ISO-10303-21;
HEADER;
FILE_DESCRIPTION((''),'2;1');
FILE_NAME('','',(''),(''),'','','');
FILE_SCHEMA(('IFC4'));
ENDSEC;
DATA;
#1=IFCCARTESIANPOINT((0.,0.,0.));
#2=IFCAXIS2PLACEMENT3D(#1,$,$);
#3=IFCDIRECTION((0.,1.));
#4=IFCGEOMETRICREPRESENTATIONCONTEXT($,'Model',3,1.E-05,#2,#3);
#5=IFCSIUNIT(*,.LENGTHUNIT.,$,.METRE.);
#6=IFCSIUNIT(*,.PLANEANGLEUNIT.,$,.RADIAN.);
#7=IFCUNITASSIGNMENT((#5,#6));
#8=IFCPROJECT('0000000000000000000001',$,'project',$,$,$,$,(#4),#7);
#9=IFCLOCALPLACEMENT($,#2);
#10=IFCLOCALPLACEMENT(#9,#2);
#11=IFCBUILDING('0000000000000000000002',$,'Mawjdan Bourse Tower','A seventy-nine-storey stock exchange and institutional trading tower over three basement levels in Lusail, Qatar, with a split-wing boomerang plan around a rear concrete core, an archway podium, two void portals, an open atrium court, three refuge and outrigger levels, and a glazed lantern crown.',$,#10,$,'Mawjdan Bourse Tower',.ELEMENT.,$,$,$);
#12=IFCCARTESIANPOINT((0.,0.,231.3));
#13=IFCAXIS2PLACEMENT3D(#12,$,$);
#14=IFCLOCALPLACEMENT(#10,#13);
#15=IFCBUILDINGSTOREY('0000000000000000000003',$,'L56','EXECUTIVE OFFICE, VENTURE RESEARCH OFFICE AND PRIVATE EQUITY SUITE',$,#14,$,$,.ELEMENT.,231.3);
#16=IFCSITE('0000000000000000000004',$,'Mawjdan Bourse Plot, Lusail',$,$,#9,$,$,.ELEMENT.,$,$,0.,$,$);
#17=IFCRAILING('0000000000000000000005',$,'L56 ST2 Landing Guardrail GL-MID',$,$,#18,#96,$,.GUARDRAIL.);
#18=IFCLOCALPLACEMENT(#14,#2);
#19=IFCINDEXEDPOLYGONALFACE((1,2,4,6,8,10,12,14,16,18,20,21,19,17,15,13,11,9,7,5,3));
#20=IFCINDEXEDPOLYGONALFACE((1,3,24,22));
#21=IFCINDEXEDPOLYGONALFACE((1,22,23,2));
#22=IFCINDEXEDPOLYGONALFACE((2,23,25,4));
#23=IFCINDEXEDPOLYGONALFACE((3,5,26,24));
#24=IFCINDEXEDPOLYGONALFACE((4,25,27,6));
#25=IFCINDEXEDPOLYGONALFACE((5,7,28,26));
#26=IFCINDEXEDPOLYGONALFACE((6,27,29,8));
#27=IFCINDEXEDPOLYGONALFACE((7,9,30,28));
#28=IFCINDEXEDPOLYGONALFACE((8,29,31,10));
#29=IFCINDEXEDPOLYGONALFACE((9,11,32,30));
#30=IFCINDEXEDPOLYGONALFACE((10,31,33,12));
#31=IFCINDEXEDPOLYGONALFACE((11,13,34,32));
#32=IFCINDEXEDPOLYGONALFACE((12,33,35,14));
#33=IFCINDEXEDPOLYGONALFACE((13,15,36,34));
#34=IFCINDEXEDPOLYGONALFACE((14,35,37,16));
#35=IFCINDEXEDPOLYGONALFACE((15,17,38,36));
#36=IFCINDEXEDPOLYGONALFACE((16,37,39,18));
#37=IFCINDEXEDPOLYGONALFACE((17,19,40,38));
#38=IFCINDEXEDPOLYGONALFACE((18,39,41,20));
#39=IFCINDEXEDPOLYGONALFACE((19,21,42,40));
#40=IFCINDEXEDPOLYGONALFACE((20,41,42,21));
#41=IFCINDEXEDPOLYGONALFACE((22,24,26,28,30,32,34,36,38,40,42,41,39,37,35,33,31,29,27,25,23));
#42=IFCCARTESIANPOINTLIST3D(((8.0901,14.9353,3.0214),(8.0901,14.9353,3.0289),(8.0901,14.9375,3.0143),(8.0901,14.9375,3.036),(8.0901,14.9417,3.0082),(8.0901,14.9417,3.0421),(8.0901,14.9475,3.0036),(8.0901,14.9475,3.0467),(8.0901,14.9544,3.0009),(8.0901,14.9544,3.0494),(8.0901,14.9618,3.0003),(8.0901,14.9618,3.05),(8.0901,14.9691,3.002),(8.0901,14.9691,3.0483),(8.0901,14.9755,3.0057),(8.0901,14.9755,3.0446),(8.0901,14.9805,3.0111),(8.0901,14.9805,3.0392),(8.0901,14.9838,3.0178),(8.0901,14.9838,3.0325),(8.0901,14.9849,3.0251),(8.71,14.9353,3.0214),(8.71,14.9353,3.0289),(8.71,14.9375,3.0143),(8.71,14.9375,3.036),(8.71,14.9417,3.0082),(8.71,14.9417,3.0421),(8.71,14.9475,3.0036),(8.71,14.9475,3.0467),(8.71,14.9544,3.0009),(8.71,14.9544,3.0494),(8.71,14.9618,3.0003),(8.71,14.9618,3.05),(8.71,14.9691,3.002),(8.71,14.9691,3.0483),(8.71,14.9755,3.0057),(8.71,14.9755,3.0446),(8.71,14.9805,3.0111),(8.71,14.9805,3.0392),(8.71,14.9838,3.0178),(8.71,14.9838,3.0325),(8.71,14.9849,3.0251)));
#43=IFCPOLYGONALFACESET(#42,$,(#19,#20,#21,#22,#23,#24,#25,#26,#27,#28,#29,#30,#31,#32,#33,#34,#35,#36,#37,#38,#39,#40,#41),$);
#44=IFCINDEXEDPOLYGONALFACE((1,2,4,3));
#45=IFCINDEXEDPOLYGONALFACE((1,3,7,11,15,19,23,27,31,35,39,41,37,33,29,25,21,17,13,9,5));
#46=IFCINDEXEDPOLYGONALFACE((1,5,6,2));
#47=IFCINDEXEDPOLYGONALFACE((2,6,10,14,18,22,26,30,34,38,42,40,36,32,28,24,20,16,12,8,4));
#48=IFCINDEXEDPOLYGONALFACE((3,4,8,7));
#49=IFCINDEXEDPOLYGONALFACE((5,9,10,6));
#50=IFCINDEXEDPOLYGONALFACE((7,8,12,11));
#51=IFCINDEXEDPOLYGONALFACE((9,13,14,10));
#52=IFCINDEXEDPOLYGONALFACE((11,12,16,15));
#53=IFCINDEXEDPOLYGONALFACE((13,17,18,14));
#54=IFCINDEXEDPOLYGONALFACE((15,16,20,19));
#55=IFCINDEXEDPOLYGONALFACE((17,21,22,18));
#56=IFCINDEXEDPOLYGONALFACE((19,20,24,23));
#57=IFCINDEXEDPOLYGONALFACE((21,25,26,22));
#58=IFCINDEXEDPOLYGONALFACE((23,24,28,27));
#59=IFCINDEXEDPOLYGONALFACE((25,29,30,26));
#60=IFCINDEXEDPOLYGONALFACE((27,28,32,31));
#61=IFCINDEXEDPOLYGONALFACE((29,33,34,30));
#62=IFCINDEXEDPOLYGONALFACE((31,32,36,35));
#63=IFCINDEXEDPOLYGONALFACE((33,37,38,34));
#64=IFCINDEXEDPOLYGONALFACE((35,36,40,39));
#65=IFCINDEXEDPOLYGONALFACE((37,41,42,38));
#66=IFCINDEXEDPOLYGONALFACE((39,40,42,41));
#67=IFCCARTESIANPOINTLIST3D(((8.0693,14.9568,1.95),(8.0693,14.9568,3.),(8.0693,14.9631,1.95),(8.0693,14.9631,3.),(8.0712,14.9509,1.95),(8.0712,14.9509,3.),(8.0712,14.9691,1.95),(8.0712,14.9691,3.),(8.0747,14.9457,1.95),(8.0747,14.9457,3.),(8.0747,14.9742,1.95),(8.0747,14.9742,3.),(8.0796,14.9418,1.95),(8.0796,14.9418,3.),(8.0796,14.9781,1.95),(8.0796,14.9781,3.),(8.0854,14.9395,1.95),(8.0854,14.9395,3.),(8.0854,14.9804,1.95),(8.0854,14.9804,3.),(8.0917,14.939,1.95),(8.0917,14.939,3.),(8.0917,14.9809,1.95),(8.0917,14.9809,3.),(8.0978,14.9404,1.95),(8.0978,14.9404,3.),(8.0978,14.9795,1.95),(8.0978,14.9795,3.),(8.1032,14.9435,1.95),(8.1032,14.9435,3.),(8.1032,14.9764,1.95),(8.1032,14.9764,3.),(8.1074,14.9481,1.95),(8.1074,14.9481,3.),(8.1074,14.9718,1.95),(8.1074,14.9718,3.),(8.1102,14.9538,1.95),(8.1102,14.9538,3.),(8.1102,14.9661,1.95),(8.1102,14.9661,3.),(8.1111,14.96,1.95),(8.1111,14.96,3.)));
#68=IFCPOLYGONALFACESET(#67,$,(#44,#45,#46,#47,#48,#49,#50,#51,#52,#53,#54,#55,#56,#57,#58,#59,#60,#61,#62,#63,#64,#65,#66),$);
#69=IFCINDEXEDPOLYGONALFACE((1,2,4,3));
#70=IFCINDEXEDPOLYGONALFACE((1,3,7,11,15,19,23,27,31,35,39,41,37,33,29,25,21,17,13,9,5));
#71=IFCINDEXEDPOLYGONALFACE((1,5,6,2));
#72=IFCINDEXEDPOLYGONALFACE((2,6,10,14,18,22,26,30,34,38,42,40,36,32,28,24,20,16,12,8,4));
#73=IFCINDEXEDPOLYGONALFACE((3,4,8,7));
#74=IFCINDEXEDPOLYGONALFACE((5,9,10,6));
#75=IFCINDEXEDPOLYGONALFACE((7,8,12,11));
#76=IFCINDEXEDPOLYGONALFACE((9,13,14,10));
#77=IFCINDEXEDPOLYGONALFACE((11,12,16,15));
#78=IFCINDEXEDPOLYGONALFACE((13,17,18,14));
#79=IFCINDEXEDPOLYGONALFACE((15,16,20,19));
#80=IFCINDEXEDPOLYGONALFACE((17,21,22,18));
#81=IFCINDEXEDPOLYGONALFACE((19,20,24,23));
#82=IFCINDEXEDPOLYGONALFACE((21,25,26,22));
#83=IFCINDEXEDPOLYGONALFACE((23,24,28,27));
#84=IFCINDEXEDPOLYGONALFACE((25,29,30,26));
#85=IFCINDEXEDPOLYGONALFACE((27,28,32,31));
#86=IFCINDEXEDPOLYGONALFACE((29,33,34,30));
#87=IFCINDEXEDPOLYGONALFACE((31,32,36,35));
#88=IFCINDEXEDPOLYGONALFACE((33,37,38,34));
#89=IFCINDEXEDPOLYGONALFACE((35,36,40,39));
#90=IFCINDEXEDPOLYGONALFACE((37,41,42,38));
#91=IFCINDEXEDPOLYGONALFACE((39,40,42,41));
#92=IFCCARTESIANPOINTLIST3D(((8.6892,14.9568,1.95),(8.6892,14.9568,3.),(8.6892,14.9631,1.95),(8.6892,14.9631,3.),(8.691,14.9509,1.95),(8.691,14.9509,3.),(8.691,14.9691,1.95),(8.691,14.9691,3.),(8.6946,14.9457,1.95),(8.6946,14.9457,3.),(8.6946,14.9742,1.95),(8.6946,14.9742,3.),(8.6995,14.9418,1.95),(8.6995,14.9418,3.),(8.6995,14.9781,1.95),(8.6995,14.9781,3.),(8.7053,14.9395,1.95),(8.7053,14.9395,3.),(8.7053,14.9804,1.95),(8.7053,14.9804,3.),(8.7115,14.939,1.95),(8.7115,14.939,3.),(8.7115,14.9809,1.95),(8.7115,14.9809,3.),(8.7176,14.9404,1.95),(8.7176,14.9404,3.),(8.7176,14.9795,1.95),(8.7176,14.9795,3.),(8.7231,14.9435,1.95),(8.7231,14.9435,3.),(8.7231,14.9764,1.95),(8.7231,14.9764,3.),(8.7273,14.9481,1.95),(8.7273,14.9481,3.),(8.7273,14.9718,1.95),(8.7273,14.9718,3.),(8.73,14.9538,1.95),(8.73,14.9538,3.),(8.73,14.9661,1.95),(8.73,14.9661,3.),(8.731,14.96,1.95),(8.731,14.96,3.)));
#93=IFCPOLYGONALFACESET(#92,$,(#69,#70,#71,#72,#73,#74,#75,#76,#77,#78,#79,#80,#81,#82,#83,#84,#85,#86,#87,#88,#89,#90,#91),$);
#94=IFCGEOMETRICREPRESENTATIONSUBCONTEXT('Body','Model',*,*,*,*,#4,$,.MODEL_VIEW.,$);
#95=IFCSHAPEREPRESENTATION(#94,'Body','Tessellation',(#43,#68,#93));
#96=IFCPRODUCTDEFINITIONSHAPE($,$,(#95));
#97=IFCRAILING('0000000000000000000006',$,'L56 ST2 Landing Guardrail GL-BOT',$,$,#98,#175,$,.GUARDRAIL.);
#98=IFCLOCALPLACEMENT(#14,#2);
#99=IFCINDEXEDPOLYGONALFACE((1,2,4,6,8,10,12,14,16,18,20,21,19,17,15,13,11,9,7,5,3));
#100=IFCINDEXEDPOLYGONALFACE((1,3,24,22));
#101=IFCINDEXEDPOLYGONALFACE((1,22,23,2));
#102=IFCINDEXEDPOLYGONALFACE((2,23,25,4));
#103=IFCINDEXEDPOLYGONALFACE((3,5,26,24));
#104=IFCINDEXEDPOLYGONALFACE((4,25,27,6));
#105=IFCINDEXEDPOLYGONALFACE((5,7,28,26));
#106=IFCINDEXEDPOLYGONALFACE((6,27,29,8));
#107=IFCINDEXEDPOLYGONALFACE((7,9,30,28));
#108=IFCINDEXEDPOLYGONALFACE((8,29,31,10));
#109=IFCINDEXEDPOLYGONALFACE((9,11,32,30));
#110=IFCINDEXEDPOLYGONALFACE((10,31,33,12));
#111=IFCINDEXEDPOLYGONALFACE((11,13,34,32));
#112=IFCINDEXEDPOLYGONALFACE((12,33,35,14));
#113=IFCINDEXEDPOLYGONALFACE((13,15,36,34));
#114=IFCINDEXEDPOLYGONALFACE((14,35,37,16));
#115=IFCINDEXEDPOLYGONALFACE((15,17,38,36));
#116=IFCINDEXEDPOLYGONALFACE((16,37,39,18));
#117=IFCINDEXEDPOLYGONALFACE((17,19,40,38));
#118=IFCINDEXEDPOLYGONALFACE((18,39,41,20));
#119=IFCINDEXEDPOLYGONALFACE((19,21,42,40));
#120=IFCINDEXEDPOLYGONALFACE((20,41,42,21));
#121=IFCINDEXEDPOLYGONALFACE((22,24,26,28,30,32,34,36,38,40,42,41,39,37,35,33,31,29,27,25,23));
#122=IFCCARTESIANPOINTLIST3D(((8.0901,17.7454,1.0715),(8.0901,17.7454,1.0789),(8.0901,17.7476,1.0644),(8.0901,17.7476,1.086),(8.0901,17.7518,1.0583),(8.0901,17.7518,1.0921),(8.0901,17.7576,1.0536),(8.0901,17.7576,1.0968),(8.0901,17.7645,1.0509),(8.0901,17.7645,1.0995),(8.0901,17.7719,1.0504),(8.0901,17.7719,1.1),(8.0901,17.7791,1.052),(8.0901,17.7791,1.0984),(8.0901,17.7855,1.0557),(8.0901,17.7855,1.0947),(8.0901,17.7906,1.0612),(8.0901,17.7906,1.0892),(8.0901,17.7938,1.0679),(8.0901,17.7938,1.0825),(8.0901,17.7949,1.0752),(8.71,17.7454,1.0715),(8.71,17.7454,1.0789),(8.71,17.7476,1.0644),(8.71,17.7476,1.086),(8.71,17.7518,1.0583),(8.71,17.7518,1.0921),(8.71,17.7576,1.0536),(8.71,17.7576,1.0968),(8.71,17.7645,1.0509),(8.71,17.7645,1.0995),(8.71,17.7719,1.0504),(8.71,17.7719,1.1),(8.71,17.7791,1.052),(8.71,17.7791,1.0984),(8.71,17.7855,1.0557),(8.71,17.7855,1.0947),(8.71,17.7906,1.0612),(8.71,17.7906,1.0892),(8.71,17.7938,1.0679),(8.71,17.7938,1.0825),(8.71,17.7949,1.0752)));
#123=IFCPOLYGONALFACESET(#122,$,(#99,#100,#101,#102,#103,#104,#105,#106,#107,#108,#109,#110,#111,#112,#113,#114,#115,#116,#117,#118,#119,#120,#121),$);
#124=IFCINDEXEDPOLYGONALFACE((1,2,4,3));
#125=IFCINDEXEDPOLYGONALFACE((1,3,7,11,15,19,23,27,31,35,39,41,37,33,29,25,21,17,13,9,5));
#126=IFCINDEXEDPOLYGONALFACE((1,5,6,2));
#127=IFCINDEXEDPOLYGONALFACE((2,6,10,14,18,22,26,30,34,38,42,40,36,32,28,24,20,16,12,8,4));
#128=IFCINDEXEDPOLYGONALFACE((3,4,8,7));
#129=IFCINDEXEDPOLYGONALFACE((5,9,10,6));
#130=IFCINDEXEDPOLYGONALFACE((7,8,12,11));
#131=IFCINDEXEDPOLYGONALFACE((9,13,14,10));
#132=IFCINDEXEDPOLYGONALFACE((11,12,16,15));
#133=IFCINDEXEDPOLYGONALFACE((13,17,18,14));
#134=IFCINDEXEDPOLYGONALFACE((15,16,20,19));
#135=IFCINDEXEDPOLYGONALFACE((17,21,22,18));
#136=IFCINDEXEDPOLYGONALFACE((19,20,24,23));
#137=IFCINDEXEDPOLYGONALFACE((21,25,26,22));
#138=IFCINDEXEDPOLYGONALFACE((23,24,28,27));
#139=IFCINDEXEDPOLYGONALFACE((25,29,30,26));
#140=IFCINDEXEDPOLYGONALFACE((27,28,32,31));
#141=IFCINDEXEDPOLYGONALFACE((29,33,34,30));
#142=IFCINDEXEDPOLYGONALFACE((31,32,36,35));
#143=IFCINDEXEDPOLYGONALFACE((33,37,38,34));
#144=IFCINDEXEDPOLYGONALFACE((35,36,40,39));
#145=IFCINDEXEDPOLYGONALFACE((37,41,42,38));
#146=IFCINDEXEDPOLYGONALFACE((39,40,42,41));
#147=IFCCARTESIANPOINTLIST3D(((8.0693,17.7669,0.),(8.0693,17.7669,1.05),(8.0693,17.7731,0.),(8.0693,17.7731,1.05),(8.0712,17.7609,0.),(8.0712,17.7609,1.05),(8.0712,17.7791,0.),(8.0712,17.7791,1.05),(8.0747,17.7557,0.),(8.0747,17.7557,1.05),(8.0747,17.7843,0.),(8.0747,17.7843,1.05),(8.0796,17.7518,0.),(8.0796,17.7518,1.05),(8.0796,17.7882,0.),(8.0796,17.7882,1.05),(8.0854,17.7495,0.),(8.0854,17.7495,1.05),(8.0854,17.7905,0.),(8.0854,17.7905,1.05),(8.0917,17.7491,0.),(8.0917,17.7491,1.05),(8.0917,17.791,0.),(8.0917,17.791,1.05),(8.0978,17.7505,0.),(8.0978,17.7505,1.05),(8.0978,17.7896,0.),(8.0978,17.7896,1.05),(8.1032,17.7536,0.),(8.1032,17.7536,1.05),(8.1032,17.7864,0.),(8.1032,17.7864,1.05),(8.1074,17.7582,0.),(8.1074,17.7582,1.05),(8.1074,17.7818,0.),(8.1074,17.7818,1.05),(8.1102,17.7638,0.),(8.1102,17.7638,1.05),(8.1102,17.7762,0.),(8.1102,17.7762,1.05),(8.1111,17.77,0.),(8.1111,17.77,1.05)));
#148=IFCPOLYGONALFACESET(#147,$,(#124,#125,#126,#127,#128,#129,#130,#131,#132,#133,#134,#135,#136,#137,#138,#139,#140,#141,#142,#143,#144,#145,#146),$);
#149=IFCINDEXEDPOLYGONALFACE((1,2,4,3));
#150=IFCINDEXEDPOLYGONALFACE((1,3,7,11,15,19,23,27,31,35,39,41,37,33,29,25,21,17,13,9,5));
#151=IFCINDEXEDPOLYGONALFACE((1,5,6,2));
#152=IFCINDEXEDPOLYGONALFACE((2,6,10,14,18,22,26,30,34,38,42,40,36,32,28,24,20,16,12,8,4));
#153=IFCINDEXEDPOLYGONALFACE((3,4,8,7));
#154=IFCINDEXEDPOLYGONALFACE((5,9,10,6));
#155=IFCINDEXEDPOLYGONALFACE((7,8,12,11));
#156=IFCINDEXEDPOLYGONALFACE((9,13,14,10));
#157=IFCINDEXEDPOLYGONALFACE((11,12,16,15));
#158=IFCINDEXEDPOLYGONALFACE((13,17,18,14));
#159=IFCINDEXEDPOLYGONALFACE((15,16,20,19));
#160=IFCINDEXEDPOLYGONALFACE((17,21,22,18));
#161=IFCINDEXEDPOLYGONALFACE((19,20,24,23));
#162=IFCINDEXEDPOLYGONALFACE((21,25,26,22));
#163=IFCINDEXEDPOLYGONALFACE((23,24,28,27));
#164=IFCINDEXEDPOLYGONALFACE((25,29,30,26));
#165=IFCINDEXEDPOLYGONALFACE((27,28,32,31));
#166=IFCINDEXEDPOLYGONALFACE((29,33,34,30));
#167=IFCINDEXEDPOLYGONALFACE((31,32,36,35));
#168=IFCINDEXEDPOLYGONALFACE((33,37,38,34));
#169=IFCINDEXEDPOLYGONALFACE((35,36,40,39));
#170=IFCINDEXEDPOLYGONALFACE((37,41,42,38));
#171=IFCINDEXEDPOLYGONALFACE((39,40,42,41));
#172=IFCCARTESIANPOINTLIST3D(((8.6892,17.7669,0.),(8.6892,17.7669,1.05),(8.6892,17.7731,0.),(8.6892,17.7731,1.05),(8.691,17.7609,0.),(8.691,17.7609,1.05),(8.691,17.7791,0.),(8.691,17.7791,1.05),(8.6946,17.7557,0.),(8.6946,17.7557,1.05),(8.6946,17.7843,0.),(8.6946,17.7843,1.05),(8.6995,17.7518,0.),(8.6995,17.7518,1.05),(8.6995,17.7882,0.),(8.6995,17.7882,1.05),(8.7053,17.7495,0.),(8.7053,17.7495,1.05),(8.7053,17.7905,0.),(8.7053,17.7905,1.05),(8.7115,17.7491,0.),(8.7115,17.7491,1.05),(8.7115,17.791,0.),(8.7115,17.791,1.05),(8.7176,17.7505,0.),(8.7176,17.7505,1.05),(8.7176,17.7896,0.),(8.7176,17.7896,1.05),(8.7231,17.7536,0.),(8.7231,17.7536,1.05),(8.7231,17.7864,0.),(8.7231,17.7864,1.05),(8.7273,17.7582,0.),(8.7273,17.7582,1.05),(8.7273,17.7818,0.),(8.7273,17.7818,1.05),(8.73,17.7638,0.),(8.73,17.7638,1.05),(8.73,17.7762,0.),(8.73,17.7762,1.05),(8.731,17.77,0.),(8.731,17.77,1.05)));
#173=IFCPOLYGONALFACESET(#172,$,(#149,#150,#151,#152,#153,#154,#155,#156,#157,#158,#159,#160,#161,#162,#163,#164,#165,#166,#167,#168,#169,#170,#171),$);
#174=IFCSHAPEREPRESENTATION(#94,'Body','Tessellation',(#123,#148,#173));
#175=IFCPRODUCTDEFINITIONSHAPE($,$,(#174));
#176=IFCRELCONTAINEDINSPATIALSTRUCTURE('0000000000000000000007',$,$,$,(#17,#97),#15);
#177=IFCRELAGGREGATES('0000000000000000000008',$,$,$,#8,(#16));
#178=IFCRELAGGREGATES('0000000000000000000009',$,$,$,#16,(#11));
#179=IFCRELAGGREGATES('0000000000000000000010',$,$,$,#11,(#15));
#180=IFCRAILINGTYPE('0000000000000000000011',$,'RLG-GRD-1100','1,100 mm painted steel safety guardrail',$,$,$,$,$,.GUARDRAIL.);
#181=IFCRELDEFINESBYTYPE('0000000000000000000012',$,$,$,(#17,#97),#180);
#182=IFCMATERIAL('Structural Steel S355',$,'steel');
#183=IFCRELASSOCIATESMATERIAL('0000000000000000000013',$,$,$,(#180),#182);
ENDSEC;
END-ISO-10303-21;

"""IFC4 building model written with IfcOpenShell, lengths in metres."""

from ifc_helpers import new_model, si_unit, direction, frame, origin, origin_2d, place, context, subcontext, project, spatial, circle, extrude, material, type_object, element, save


model = new_model("IFC4")

# Units and contexts
model_context = context("Model", 3, precision=1e-05, world=origin(), true_north=direction((0.0, 1.0)))
body_context = subcontext(model_context, "Body", "Model", "MODEL_VIEW")
ifc_project = project(units=[si_unit("LENGTHUNIT", "METRE"), si_unit("PLANEANGLEUNIT", "RADIAN")], contexts=[model_context])

# Site, building, storey
site_placement = place(None, origin())
site = spatial("IfcSite", under=ifc_project, at=site_placement, Name="Mawjdan Bourse Plot, Lusail", CompositionType="ELEMENT", RefElevation=0.0)
building_placement = place(site_placement, origin())
building = spatial("IfcBuilding", under=site, at=building_placement, Name="Mawjdan Bourse Tower", Description="A seventy-nine-storey stock exchange and institutional trading tower over three basement levels in Lusail, Qatar, with a split-wing boomerang plan around a rear concrete core, an archway podium, two void portals, an open atrium court, three refuge and outrigger levels, and a glazed lantern crown.", LongName="Mawjdan Bourse Tower", CompositionType="ELEMENT")
storey_placement = place(building_placement, frame((0.0, 0.0, 231.3)))
storey = spatial("IfcBuildingStorey", under=building, at=storey_placement, Name="L56", Description="EXECUTIVE OFFICE, VENTURE RESEARCH OFFICE AND PRIVATE EQUITY SUITE", CompositionType="ELEMENT", Elevation=231.3)

# Railings
ifc_material_1 = material(Name="Structural Steel S355", Category="steel")
railing_type_1 = type_object("IfcRailingType", Name="RLG-GRD-1100", Description="1,100 mm painted steel safety guardrail", PredefinedType="GUARDRAIL", material=ifc_material_1)
for number, where, name in (
    (1, (8.0901, 14.96, 1.95), "L56 ST2 Landing Guardrail GL-MID"),
    (2, (8.0901, 17.77, 0.0), "L56 ST2 Landing Guardrail GL-BOT"),
):
    element("IfcRailing", number, at=place(storey_placement, frame(where)), inside=storey, type_object=railing_type_1, Name=name, PredefinedType="GUARDRAIL", context=body_context, shape_type="SweptSolid", body=[
        extrude(circle(Radius=0.0249, at=origin_2d()), frame((0.0, 0.0, 1.0752), z_axis=(1.0, 0.0, 0.0), x_axis=(0.0, 1.0, 0.0)), (0.0, 0.0, 1.0), 0.6199),
        extrude(circle(Radius=0.021, at=origin_2d()), origin(), (0.0, 0.0, 1.0), 1.05),
        extrude(circle(Radius=0.021, at=origin_2d()), frame((0.6199, 0.0, 0.0)), (0.0, 0.0, 1.0), 1.05),
    ])

save(model, "model.ifc")
